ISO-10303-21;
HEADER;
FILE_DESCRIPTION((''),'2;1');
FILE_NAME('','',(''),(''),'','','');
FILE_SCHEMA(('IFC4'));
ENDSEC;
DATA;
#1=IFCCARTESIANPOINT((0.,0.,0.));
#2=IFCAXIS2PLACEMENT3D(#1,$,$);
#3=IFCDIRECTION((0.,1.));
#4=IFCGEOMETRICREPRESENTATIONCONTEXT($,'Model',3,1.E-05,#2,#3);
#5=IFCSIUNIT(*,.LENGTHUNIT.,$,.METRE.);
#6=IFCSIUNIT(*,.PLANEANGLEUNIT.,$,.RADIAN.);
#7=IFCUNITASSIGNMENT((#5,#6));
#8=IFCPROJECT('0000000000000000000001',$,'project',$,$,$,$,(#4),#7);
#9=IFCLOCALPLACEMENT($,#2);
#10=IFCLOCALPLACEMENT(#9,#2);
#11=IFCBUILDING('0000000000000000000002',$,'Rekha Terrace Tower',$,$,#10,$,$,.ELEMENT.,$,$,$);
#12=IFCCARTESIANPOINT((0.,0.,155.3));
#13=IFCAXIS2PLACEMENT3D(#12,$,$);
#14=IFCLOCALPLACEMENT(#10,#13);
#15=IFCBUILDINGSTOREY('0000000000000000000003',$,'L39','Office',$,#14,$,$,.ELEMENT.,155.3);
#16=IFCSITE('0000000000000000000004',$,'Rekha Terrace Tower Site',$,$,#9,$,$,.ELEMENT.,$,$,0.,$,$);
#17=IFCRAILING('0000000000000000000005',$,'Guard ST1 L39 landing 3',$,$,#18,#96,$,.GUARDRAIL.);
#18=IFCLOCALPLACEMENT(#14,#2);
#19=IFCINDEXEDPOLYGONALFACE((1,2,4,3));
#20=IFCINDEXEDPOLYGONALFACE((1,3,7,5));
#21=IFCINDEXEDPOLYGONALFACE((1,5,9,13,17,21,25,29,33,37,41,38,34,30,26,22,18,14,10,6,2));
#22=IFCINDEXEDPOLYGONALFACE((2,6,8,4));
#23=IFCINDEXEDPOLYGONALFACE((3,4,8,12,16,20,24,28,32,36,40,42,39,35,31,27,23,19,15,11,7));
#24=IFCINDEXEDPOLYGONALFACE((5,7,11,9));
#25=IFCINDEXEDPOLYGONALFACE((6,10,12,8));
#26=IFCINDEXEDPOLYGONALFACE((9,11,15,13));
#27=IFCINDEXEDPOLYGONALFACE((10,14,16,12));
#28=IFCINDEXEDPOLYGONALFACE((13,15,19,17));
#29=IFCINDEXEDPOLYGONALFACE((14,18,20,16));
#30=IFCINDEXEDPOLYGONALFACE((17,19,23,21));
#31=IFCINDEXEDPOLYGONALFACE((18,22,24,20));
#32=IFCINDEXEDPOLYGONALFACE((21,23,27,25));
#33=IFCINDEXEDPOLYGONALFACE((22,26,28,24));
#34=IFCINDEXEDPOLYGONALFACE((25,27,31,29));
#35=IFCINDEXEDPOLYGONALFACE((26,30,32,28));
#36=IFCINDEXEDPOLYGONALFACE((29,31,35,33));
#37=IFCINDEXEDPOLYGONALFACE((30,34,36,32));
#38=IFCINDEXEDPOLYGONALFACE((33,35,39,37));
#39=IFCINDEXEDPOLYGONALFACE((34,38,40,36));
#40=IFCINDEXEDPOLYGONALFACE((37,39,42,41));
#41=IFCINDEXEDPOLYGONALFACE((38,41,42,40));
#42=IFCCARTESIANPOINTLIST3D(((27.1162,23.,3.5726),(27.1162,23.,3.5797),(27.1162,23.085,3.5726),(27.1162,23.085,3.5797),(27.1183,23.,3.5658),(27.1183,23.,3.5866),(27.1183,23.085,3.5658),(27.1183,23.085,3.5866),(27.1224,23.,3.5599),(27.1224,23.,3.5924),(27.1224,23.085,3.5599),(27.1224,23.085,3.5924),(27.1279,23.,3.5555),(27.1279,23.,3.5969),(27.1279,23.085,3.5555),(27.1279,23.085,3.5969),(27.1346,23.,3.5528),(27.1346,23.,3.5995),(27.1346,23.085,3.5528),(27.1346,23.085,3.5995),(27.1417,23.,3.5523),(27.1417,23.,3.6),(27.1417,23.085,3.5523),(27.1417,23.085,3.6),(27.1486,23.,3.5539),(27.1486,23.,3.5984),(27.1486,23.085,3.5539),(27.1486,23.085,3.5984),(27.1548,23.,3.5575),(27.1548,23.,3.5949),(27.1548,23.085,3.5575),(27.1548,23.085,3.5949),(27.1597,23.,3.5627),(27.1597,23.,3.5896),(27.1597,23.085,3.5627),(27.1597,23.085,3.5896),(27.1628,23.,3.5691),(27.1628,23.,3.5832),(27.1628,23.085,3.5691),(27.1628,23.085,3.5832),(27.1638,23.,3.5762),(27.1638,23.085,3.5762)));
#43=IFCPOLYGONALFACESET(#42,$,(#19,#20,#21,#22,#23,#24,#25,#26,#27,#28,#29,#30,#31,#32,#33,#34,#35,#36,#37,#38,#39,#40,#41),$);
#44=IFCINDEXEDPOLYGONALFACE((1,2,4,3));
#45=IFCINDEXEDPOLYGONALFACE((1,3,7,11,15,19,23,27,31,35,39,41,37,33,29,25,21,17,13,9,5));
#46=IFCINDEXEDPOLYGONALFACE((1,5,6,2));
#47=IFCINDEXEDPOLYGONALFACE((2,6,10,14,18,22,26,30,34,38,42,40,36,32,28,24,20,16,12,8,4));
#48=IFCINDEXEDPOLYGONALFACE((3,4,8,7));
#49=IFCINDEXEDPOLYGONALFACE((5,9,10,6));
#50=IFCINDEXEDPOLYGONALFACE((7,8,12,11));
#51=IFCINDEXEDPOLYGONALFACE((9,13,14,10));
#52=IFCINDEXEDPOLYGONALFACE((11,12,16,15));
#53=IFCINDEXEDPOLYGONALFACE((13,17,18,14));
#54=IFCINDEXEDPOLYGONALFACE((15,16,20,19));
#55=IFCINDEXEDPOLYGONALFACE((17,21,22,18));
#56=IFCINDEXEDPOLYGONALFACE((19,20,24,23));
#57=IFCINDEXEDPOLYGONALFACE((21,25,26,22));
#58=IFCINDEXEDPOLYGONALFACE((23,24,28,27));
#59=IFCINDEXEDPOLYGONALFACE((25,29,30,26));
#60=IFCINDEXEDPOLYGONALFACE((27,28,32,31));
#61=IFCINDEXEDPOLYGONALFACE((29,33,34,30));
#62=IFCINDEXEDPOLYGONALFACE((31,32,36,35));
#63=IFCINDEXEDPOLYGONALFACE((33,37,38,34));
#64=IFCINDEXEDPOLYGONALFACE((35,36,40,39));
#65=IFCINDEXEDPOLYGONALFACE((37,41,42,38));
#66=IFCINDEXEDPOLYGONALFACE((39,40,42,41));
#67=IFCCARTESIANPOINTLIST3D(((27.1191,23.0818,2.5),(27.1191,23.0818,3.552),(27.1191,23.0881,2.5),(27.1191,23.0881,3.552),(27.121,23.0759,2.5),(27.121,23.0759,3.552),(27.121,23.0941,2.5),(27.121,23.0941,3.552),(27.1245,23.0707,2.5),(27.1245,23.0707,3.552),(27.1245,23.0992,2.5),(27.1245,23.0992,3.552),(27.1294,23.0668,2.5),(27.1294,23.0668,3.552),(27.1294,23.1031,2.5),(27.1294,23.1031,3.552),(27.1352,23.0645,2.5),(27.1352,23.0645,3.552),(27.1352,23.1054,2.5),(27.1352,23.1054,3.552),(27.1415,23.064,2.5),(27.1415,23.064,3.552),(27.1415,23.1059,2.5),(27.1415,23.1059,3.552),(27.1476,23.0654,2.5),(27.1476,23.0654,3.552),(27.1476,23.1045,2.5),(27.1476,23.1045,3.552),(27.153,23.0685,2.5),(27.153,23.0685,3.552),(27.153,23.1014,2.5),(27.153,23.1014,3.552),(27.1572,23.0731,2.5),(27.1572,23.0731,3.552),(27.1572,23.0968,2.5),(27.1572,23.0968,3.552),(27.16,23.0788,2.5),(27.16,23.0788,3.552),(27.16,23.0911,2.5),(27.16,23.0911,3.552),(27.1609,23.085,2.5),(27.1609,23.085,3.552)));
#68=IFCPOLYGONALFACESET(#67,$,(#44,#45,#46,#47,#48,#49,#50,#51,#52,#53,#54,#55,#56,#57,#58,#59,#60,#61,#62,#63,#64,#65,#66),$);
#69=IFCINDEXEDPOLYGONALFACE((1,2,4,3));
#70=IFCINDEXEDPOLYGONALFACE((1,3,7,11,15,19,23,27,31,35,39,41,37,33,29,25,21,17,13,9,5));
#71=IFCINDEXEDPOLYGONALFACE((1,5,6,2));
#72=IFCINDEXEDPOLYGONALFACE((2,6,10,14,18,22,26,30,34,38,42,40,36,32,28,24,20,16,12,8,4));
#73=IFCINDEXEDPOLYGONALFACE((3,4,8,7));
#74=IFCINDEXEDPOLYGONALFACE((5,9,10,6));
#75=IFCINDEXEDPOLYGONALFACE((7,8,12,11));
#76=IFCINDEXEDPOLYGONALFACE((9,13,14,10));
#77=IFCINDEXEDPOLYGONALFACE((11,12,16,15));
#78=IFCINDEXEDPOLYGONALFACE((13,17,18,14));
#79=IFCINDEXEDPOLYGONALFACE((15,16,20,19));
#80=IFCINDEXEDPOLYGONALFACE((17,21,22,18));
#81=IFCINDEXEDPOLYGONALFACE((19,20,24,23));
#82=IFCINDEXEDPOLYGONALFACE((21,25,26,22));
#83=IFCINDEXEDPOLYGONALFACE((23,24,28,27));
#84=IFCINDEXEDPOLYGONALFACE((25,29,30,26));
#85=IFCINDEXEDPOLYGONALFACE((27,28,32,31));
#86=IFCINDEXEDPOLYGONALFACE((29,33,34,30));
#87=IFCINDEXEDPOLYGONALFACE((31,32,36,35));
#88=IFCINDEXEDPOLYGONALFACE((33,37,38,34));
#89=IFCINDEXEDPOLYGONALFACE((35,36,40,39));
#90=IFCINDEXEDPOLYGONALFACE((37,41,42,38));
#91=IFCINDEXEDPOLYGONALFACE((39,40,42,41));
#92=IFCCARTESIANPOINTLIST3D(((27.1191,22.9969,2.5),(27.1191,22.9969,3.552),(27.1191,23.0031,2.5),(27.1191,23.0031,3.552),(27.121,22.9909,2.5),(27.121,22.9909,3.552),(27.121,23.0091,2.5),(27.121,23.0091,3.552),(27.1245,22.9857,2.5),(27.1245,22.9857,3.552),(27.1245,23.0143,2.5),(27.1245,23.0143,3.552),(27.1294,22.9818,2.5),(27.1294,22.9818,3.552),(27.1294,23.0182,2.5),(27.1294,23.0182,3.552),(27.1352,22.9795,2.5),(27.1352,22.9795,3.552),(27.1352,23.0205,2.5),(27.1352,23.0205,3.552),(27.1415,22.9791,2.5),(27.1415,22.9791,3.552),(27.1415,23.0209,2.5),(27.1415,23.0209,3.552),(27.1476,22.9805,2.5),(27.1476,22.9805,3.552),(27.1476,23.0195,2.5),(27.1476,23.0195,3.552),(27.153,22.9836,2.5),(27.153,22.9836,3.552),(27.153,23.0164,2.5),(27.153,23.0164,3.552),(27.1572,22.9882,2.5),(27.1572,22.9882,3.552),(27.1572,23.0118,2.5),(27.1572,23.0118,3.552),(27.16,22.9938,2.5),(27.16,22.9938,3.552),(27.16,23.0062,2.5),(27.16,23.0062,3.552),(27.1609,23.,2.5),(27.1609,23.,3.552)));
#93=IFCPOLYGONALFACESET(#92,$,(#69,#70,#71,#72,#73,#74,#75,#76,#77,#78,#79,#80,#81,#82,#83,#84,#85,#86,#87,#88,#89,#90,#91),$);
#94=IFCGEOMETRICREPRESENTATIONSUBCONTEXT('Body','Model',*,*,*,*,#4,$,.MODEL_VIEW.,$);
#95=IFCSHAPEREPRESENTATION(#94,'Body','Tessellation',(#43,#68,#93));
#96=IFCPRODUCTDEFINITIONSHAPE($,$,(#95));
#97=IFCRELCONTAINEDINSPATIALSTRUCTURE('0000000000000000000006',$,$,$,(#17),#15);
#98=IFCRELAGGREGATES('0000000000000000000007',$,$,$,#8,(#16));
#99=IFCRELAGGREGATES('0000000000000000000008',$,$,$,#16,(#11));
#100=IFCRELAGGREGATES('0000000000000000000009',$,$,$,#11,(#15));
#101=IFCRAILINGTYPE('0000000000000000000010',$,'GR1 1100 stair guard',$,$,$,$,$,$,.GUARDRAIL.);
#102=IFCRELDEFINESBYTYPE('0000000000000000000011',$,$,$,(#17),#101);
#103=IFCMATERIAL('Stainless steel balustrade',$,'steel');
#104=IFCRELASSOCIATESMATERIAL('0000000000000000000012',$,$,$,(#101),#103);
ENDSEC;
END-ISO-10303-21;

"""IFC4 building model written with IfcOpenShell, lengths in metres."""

from ifc_helpers import new_model, si_unit, direction, frame, origin, origin_2d, place, context, subcontext, project, spatial, circle, extrude, material, type_object, element, save


model = new_model("IFC4")

# Units and contexts
model_context = context("Model", 3, precision=1e-05, world=origin(), true_north=direction((0.0, 1.0)))
body_context = subcontext(model_context, "Body", "Model", "MODEL_VIEW")
ifc_project = project(units=[si_unit("LENGTHUNIT", "METRE"), si_unit("PLANEANGLEUNIT", "RADIAN")], contexts=[model_context])

# Site, building, storey
site_placement = place(None, origin())
site = spatial("IfcSite", under=ifc_project, at=site_placement, Name="Rekha Terrace Tower Site", CompositionType="ELEMENT", RefElevation=0.0)
building_placement = place(site_placement, origin())
building = spatial("IfcBuilding", under=site, at=building_placement, Name="Rekha Terrace Tower", CompositionType="ELEMENT")
storey_placement = place(building_placement, frame((0.0, 0.0, 155.3)))
storey = spatial("IfcBuildingStorey", under=building, at=storey_placement, Name="L39", Description="Office", CompositionType="ELEMENT", Elevation=155.3)

# Railing
ifc_material_1 = material(Name="Stainless steel balustrade", Category="steel")
railing_type_1 = type_object("IfcRailingType", Name="GR1 1100 stair guard", PredefinedType="GUARDRAIL", material=ifc_material_1)
railing_1_placement = place(storey_placement, frame((27.1399, 23.085, 2.5)))
element("IfcRailing", 1, at=railing_1_placement, inside=storey, type_object=railing_type_1, Name="Guard ST1 L39 landing 3", PredefinedType="GUARDRAIL", context=body_context, shape_type="SweptSolid", body=[
    extrude(circle(Radius=0.0239, at=origin_2d()), frame((0.0, 0.0, 1.0762), z_axis=(0.0, -1.0, 0.0), x_axis=(1.0, 0.0, 0.0)), (0.0, 0.0, 1.0), 0.085),
    extrude(circle(Radius=0.021, at=origin_2d()), origin(), (0.0, 0.0, 1.0), 1.052),
    extrude(circle(Radius=0.021, at=origin_2d()), frame((0.0, -0.085, 0.0)), (0.0, 0.0, 1.0), 1.052),
])

save(model, "model.ifc")
